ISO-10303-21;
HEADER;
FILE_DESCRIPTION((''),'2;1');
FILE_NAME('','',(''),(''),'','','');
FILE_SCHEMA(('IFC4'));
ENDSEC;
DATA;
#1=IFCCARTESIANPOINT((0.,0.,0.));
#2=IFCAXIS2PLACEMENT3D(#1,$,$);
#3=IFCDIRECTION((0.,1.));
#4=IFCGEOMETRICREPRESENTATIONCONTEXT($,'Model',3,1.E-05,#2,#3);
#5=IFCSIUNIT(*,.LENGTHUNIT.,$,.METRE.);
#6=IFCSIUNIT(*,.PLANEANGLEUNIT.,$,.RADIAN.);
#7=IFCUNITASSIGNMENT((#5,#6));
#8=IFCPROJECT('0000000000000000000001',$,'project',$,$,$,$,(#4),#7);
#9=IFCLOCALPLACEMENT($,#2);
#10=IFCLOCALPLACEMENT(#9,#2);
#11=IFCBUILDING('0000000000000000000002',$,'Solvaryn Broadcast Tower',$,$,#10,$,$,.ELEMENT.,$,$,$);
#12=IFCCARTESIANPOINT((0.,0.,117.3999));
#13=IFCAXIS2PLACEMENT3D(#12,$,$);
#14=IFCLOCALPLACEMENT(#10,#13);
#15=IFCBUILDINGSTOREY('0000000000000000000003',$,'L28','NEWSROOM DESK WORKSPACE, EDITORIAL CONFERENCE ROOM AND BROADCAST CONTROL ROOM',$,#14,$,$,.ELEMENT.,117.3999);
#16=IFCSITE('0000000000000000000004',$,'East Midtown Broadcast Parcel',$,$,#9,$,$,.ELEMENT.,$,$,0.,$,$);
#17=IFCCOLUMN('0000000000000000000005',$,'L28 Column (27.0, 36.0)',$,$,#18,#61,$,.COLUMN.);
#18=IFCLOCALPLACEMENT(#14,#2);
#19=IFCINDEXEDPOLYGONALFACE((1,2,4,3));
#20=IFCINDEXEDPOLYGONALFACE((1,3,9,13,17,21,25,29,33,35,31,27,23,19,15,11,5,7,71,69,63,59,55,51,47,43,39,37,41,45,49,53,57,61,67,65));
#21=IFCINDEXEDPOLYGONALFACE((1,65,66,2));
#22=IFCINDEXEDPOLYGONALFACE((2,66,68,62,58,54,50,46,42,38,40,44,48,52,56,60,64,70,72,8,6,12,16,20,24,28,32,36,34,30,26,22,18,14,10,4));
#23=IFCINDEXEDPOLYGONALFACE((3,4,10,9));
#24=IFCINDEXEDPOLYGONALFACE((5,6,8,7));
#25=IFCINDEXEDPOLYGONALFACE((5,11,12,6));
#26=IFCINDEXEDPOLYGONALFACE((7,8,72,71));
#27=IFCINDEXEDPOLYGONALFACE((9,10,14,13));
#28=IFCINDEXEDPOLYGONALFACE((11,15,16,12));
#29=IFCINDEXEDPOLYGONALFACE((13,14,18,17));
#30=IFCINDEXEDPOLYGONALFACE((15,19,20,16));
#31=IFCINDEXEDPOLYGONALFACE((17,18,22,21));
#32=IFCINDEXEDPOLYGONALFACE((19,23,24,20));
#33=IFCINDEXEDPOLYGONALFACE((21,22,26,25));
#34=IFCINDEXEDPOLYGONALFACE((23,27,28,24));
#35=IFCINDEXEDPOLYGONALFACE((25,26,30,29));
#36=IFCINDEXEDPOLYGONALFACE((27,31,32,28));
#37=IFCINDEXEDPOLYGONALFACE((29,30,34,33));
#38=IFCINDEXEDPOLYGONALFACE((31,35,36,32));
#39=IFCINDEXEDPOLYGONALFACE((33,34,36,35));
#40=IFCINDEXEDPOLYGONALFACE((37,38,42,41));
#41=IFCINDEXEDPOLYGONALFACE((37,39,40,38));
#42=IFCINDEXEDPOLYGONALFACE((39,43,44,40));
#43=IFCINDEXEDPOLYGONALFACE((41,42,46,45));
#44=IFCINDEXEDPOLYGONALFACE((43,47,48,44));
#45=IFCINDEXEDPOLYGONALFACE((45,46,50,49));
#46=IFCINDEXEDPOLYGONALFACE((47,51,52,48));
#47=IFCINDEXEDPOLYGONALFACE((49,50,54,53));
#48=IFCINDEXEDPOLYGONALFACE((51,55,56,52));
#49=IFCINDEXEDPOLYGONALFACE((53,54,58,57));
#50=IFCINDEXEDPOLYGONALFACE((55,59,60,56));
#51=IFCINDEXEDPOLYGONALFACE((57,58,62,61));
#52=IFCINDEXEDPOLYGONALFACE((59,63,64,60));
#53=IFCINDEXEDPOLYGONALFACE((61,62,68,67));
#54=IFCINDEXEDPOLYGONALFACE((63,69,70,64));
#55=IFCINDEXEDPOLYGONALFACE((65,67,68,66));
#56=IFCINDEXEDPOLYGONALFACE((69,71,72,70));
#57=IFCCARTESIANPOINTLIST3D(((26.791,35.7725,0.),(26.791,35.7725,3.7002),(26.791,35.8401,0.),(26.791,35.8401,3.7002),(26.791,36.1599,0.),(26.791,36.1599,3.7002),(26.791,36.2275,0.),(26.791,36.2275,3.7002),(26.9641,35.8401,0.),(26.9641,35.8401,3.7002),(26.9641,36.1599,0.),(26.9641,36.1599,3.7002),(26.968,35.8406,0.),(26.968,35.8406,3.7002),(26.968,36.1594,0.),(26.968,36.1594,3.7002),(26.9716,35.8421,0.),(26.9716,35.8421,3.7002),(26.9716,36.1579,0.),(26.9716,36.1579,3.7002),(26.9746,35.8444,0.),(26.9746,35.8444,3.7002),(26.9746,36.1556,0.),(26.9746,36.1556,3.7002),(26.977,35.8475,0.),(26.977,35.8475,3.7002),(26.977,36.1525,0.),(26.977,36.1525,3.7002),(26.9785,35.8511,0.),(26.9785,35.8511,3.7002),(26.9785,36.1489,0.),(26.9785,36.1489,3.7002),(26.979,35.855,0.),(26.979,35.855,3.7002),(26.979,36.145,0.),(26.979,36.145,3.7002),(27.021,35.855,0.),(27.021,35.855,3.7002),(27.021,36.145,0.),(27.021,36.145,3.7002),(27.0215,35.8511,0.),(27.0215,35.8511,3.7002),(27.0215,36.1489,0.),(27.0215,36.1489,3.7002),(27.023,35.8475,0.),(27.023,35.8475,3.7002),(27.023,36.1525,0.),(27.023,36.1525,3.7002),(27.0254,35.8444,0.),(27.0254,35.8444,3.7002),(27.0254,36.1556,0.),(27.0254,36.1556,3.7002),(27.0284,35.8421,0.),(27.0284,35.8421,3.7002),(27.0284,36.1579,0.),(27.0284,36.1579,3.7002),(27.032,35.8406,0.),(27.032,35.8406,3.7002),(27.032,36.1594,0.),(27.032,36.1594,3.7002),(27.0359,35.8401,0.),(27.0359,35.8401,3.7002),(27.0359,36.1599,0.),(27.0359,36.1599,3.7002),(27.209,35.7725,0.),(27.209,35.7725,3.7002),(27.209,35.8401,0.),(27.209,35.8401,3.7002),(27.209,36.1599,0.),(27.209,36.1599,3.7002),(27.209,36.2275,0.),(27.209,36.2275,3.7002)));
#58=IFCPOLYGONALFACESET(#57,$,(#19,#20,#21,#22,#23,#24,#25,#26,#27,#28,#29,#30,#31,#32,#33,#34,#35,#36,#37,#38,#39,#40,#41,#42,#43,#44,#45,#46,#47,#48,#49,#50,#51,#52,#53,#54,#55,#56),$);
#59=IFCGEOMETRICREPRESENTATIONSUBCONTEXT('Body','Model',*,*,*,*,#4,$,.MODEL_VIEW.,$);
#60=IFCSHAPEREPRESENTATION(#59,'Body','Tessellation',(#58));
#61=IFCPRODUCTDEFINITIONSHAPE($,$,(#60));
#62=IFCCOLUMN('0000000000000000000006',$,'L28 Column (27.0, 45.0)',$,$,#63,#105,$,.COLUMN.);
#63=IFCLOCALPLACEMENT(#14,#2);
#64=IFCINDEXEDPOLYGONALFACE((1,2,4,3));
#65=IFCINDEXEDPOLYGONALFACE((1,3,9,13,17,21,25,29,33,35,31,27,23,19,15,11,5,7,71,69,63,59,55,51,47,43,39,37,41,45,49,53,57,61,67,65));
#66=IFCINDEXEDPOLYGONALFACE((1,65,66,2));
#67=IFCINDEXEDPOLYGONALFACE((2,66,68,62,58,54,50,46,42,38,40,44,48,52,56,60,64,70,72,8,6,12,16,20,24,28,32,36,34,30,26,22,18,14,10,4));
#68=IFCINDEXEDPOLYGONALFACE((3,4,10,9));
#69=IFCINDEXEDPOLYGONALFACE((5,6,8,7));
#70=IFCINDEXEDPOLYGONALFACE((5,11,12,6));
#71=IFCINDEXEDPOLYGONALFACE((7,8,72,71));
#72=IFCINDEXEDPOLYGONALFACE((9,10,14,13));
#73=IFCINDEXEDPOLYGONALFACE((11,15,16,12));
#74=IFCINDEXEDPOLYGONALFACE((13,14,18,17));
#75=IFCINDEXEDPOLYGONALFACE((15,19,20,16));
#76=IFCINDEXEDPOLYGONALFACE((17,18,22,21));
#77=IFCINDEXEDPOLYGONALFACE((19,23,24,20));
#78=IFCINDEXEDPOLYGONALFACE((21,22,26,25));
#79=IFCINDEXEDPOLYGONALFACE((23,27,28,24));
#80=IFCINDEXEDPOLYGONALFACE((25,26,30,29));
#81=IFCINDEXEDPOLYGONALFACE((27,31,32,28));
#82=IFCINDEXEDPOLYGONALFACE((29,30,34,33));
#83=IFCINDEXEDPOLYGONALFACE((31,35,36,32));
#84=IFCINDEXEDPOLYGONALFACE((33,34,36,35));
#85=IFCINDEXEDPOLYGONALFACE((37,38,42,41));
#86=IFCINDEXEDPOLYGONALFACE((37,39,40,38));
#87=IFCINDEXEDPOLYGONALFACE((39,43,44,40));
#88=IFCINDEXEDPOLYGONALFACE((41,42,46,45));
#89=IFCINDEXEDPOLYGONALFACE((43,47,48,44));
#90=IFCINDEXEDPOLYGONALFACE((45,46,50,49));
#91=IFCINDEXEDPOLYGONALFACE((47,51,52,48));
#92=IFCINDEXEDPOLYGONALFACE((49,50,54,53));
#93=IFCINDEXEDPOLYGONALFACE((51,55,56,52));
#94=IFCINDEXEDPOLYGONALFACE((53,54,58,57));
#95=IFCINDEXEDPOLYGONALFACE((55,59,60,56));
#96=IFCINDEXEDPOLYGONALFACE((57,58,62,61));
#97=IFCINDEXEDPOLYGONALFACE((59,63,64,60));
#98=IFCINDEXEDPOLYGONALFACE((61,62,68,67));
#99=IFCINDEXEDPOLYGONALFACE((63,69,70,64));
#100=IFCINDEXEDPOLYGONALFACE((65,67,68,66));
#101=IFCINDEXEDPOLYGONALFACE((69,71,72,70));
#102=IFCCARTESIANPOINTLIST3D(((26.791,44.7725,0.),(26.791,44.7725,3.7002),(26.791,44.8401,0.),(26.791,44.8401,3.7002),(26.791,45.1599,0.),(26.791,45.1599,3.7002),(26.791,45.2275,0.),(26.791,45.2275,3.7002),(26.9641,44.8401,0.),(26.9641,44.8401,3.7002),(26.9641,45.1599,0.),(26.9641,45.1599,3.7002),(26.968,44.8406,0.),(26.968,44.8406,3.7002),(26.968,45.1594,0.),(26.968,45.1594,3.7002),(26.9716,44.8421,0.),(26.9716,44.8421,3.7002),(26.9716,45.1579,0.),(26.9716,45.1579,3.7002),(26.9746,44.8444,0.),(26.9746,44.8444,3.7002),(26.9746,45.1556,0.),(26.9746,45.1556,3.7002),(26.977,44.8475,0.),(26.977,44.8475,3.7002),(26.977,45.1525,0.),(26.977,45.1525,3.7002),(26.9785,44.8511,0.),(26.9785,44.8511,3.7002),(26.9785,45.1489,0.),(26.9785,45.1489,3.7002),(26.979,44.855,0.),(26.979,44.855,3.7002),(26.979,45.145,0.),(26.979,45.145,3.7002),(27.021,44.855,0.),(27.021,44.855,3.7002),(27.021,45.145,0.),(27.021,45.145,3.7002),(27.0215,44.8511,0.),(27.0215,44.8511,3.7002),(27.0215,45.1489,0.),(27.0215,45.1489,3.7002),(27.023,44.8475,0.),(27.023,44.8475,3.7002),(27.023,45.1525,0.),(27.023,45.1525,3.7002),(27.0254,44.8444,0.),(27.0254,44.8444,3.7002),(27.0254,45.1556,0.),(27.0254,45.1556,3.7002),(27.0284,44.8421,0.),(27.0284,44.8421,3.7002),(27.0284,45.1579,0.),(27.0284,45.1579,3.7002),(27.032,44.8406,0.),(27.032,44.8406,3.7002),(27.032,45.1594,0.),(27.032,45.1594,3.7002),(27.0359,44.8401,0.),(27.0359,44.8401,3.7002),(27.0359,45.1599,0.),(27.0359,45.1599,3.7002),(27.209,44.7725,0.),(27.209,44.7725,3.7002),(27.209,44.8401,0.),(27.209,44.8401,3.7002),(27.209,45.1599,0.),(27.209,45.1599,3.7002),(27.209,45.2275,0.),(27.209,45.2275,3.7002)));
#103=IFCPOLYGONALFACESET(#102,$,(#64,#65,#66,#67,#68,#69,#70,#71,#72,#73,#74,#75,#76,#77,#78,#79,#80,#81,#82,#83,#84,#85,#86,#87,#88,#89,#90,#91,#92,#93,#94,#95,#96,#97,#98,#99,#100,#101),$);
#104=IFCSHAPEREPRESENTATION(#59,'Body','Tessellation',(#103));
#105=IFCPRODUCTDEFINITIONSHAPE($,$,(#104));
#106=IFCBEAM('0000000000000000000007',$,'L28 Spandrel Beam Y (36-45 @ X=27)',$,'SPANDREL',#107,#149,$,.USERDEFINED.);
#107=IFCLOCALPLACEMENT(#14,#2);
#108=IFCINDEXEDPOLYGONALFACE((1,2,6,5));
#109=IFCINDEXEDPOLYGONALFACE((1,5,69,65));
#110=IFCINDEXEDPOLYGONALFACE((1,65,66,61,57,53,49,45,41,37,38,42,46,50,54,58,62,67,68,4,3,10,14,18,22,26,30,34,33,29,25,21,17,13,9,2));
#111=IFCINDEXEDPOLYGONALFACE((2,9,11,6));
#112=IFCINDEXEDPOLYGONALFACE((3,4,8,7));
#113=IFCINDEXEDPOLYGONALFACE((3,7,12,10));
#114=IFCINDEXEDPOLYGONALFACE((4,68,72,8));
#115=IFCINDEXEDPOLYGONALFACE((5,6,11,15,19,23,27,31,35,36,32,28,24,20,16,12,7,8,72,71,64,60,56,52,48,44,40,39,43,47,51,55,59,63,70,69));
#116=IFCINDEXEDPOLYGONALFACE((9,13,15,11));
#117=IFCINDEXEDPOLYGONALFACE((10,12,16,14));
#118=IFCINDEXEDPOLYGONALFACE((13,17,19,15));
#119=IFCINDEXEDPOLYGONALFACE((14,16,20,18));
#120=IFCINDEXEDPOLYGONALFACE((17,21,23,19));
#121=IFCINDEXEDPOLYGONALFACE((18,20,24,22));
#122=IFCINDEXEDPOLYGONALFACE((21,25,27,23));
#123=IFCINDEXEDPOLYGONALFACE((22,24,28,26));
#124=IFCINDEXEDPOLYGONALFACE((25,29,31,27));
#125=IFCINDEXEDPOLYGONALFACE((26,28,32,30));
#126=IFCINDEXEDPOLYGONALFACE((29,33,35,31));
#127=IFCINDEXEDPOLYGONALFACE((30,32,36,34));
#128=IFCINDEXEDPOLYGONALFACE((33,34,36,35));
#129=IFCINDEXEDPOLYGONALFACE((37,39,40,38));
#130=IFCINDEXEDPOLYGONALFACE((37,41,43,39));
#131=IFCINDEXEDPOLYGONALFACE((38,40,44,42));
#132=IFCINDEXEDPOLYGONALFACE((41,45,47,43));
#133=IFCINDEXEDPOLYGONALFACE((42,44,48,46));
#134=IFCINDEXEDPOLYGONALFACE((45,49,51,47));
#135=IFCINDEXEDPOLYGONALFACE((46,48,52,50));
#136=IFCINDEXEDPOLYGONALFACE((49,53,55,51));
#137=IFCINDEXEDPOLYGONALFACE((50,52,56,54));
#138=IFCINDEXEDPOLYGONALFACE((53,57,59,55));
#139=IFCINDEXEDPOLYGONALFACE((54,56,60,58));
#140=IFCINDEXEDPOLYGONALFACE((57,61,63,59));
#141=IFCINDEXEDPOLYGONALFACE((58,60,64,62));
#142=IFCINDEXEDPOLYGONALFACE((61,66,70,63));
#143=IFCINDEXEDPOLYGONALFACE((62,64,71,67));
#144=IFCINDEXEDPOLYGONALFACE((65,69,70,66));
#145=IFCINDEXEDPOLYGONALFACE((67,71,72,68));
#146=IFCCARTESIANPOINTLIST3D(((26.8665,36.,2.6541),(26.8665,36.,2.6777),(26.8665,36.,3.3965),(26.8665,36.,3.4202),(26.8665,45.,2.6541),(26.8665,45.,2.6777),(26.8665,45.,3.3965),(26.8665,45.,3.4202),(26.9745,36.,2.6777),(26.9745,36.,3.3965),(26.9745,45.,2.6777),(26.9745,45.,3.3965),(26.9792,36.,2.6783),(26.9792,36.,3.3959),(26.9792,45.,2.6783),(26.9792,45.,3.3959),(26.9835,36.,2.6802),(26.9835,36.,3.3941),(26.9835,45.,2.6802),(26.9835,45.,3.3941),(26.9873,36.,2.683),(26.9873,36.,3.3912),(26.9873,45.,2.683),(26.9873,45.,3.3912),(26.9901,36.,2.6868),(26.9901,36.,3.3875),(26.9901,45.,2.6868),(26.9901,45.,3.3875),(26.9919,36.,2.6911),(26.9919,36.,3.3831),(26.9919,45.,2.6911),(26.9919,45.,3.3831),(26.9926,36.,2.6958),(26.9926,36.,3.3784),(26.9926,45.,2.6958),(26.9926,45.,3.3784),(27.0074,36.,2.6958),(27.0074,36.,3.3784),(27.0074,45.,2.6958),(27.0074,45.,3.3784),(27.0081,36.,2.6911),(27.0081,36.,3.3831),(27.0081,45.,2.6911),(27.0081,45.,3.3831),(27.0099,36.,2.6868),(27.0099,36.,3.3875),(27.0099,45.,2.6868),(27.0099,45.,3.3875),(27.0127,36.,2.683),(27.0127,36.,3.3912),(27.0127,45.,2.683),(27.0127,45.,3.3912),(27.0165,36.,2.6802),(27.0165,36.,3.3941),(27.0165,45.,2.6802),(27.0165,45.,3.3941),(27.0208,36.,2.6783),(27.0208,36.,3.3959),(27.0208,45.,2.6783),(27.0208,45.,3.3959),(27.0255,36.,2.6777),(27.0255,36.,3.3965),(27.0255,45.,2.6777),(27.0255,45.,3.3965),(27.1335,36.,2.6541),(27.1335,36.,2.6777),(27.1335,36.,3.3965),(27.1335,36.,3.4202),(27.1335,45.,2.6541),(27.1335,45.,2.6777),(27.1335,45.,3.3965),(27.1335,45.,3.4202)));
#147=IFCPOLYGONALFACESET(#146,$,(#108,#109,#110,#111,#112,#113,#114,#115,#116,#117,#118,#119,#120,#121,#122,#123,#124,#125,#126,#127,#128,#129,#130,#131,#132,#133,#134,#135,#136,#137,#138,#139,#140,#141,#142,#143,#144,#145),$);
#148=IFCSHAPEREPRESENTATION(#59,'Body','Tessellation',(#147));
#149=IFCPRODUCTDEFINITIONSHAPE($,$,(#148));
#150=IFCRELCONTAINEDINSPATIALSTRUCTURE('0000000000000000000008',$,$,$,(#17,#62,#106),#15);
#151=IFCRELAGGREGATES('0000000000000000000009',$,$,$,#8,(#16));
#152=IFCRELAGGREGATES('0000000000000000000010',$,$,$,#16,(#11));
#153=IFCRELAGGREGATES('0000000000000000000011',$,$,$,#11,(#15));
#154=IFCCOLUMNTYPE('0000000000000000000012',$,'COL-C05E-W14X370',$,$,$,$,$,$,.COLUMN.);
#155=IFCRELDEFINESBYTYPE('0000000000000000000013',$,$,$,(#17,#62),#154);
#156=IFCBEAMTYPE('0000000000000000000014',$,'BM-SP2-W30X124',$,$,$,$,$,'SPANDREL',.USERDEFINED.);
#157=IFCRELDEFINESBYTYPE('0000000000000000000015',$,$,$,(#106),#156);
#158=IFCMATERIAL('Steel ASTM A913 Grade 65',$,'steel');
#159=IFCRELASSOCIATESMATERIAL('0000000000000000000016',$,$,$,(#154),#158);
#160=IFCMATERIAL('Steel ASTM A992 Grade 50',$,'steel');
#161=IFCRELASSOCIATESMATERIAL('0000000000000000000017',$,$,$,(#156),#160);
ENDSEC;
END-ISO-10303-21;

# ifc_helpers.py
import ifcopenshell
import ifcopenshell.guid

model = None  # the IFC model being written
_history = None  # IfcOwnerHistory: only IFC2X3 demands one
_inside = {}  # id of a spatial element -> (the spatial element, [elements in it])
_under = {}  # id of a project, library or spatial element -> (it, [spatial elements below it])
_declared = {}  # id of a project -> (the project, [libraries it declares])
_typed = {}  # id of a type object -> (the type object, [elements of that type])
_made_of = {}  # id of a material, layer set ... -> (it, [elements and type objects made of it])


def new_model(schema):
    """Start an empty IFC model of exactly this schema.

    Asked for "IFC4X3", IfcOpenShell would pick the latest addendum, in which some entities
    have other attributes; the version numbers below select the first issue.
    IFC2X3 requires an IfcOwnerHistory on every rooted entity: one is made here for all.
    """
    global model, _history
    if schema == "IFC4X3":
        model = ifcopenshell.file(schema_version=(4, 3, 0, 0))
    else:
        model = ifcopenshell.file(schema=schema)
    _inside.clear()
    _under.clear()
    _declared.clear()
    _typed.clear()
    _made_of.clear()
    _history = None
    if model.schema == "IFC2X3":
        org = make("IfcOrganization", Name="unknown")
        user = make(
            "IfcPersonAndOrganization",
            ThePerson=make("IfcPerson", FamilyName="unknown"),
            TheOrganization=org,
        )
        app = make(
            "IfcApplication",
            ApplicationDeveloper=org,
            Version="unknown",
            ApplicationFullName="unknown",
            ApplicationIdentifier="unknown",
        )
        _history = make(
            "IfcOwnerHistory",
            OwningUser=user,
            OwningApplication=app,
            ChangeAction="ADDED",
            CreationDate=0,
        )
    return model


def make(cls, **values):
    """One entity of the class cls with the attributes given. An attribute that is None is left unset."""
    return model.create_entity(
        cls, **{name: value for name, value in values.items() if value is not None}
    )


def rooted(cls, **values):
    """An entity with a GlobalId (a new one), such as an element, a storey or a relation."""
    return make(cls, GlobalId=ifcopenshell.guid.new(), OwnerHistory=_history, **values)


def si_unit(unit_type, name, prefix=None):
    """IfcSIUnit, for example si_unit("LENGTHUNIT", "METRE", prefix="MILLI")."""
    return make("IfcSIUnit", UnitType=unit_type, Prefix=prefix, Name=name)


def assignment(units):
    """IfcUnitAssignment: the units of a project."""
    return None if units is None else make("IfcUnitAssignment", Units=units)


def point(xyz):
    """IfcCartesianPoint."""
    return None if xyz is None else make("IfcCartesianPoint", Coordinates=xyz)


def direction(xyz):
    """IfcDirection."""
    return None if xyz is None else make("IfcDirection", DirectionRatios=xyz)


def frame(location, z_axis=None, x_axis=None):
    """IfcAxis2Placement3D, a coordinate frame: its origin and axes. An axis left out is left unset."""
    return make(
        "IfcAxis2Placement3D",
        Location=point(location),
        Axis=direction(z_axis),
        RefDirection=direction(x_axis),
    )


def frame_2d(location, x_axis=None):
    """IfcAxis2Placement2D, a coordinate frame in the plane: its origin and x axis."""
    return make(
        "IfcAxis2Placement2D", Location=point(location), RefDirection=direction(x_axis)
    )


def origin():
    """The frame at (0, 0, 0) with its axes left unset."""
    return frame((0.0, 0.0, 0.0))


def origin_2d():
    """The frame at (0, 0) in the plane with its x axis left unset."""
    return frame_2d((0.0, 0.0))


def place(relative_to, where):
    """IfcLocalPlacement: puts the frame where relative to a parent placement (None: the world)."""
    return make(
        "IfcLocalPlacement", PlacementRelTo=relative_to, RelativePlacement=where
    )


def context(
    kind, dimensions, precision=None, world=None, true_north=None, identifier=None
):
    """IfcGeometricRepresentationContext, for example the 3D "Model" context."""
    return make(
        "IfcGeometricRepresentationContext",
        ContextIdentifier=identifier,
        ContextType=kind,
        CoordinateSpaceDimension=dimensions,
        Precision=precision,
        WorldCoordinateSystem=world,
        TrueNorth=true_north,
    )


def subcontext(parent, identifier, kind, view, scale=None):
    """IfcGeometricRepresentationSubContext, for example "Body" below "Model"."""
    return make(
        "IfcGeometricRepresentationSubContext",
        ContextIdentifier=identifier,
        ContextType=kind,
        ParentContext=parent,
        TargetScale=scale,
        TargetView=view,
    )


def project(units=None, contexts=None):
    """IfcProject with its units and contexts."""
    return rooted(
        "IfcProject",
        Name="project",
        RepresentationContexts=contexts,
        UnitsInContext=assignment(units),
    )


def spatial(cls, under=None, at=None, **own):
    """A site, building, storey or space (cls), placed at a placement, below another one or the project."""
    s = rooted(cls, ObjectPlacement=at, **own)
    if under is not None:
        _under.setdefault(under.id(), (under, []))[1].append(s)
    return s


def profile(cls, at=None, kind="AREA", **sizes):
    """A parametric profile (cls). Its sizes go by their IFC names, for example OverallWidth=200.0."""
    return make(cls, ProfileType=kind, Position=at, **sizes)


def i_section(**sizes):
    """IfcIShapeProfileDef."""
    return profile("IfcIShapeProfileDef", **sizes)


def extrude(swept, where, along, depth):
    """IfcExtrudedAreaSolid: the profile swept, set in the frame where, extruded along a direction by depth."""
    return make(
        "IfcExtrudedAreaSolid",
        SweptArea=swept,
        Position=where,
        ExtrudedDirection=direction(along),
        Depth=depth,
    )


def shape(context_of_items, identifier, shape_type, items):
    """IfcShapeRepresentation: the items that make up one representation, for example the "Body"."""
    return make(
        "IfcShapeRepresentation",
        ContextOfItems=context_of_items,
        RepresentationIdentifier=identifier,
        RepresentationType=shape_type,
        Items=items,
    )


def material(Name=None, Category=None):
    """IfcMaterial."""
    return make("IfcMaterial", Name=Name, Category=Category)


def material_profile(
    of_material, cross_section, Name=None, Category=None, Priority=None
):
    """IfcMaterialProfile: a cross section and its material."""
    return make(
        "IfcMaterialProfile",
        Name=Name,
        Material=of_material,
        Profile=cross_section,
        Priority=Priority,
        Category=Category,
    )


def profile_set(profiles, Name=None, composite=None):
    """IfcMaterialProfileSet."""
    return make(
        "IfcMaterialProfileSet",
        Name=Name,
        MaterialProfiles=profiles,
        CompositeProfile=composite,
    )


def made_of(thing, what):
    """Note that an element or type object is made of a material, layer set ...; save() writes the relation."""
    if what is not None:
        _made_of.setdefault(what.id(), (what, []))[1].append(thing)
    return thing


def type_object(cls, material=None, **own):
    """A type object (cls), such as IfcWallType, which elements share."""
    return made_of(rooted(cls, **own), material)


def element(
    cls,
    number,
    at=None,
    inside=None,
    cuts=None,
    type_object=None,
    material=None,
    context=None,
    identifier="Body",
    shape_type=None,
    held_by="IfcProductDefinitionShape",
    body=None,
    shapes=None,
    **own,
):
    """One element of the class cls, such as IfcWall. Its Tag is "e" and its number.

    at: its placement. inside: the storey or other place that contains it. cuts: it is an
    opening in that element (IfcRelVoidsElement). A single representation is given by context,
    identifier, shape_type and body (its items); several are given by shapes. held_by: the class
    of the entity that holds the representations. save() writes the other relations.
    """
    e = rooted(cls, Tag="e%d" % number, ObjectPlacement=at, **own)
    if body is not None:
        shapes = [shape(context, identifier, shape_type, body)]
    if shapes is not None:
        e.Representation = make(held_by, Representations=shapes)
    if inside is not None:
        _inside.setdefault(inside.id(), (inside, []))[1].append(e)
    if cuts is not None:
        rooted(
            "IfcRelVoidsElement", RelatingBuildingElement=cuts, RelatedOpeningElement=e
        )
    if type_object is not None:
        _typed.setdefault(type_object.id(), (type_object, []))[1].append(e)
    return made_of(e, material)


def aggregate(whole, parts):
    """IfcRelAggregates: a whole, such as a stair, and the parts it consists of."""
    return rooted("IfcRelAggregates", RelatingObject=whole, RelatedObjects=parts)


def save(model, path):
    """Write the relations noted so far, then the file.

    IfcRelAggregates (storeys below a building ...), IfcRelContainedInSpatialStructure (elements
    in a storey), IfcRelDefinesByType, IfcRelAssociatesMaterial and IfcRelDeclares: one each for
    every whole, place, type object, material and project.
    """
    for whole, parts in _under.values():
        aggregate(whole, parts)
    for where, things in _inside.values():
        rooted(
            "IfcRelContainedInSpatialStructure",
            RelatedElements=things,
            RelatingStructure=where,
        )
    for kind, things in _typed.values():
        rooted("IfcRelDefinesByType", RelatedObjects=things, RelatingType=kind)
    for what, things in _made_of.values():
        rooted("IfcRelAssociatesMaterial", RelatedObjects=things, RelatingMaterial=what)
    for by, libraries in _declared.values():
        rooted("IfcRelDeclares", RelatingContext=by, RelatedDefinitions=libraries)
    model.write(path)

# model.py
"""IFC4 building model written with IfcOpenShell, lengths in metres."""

from ifc_helpers import new_model, si_unit, direction, frame, origin, origin_2d, place, context, subcontext, project, spatial, i_section, extrude, material, material_profile, profile_set, type_object, element, save


model = new_model("IFC4")

# Units and contexts
model_context = context("Model", 3, precision=1e-05, world=origin(), true_north=direction((0.0, 1.0)))
body_context = subcontext(model_context, "Body", "Model", "MODEL_VIEW")
ifc_project = project(units=[si_unit("LENGTHUNIT", "METRE"), si_unit("PLANEANGLEUNIT", "RADIAN")], contexts=[model_context])

# Site, building, storey
site_placement = place(None, origin())
site = spatial("IfcSite", under=ifc_project, at=site_placement, Name="East Midtown Broadcast Parcel", CompositionType="ELEMENT", RefElevation=0.0)
building_placement = place(site_placement, origin())
building = spatial("IfcBuilding", under=site, at=building_placement, Name="Solvaryn Broadcast Tower", CompositionType="ELEMENT")
storey_placement = place(building_placement, frame((0.0, 0.0, 117.3999)))
storey = spatial("IfcBuildingStorey", under=building, at=storey_placement, Name="L28", Description="NEWSROOM DESK WORKSPACE, EDITORIAL CONFERENCE ROOM AND BROADCAST CONTROL ROOM", CompositionType="ELEMENT", Elevation=117.3999)

# Columns
ifc_material_1 = material(Name="Steel ASTM A913 Grade 65", Category="steel")
ifc_material_profile_1 = material_profile(ifc_material_1, i_section(OverallWidth=0.418, OverallDepth=0.4551, WebThickness=0.042, FlangeThickness=0.0676, FilletRadius=0.0149, at=origin_2d()))
ifc_profile_set_1 = profile_set([ifc_material_profile_1], Name="Steel ASTM A913 Grade 65")
column_type = type_object("IfcColumnType", Name="COL-C05E-W14X370", PredefinedType="COLUMN", material=ifc_profile_set_1)
for number, where, z_axis, x_axis, name in (
    (1, (27.0, 36.0, 0.0), (0.0, 0.0, 1.0), (1.0, 0.0, 0.0), "L28 Column (27.0, 36.0)"),
    (2, (27.0, 45.0, 0.0), (0.0, 0.0, 1.0), (1.0, 0.0, 0.0), "L28 Column (27.0, 45.0)"),
):
    element("IfcColumn", number, at=place(storey_placement, frame(where, z_axis=z_axis, x_axis=x_axis)), inside=storey, type_object=column_type, Name=name, PredefinedType="COLUMN", context=body_context, shape_type="SweptSolid", body=[
        extrude(i_section(OverallWidth=0.418, OverallDepth=0.4551, WebThickness=0.042, FlangeThickness=0.0676, FilletRadius=0.0149, at=origin_2d()), origin(), (0.0, 0.0, 1.0), 3.7002),
    ])

# Beam
ifc_material_2 = material(Name="Steel ASTM A992 Grade 50", Category="steel")
ifc_material_profile_2 = material_profile(ifc_material_2, i_section(OverallWidth=0.2671, OverallDepth=0.7661, WebThickness=0.0149, FlangeThickness=0.0237, FilletRadius=0.0181, at=origin_2d()))
ifc_profile_set_2 = profile_set([ifc_material_profile_2], Name="Steel ASTM A992 Grade 50")
beam_type = type_object("IfcBeamType", Name="BM-SP2-W30X124", ElementType="SPANDREL", PredefinedType="USERDEFINED", material=ifc_profile_set_2)
beam_placement = place(storey_placement, frame((27.0, 36.0, 3.0371), z_axis=(0.0, 1.0, 0.0), x_axis=(-1.0, 0.0, 0.0)))
element("IfcBeam", 3, at=beam_placement, inside=storey, type_object=beam_type, Name="L28 Spandrel Beam Y (36-45 @ X=27)", ObjectType="SPANDREL", PredefinedType="USERDEFINED", context=body_context, shape_type="SweptSolid", body=[
    extrude(i_section(OverallWidth=0.2671, OverallDepth=0.7661, WebThickness=0.0149, FlangeThickness=0.0237, FilletRadius=0.0181, at=origin_2d()), origin(), (0.0, 0.0, 1.0), 9.0),
])

save(model, "model.ifc")
